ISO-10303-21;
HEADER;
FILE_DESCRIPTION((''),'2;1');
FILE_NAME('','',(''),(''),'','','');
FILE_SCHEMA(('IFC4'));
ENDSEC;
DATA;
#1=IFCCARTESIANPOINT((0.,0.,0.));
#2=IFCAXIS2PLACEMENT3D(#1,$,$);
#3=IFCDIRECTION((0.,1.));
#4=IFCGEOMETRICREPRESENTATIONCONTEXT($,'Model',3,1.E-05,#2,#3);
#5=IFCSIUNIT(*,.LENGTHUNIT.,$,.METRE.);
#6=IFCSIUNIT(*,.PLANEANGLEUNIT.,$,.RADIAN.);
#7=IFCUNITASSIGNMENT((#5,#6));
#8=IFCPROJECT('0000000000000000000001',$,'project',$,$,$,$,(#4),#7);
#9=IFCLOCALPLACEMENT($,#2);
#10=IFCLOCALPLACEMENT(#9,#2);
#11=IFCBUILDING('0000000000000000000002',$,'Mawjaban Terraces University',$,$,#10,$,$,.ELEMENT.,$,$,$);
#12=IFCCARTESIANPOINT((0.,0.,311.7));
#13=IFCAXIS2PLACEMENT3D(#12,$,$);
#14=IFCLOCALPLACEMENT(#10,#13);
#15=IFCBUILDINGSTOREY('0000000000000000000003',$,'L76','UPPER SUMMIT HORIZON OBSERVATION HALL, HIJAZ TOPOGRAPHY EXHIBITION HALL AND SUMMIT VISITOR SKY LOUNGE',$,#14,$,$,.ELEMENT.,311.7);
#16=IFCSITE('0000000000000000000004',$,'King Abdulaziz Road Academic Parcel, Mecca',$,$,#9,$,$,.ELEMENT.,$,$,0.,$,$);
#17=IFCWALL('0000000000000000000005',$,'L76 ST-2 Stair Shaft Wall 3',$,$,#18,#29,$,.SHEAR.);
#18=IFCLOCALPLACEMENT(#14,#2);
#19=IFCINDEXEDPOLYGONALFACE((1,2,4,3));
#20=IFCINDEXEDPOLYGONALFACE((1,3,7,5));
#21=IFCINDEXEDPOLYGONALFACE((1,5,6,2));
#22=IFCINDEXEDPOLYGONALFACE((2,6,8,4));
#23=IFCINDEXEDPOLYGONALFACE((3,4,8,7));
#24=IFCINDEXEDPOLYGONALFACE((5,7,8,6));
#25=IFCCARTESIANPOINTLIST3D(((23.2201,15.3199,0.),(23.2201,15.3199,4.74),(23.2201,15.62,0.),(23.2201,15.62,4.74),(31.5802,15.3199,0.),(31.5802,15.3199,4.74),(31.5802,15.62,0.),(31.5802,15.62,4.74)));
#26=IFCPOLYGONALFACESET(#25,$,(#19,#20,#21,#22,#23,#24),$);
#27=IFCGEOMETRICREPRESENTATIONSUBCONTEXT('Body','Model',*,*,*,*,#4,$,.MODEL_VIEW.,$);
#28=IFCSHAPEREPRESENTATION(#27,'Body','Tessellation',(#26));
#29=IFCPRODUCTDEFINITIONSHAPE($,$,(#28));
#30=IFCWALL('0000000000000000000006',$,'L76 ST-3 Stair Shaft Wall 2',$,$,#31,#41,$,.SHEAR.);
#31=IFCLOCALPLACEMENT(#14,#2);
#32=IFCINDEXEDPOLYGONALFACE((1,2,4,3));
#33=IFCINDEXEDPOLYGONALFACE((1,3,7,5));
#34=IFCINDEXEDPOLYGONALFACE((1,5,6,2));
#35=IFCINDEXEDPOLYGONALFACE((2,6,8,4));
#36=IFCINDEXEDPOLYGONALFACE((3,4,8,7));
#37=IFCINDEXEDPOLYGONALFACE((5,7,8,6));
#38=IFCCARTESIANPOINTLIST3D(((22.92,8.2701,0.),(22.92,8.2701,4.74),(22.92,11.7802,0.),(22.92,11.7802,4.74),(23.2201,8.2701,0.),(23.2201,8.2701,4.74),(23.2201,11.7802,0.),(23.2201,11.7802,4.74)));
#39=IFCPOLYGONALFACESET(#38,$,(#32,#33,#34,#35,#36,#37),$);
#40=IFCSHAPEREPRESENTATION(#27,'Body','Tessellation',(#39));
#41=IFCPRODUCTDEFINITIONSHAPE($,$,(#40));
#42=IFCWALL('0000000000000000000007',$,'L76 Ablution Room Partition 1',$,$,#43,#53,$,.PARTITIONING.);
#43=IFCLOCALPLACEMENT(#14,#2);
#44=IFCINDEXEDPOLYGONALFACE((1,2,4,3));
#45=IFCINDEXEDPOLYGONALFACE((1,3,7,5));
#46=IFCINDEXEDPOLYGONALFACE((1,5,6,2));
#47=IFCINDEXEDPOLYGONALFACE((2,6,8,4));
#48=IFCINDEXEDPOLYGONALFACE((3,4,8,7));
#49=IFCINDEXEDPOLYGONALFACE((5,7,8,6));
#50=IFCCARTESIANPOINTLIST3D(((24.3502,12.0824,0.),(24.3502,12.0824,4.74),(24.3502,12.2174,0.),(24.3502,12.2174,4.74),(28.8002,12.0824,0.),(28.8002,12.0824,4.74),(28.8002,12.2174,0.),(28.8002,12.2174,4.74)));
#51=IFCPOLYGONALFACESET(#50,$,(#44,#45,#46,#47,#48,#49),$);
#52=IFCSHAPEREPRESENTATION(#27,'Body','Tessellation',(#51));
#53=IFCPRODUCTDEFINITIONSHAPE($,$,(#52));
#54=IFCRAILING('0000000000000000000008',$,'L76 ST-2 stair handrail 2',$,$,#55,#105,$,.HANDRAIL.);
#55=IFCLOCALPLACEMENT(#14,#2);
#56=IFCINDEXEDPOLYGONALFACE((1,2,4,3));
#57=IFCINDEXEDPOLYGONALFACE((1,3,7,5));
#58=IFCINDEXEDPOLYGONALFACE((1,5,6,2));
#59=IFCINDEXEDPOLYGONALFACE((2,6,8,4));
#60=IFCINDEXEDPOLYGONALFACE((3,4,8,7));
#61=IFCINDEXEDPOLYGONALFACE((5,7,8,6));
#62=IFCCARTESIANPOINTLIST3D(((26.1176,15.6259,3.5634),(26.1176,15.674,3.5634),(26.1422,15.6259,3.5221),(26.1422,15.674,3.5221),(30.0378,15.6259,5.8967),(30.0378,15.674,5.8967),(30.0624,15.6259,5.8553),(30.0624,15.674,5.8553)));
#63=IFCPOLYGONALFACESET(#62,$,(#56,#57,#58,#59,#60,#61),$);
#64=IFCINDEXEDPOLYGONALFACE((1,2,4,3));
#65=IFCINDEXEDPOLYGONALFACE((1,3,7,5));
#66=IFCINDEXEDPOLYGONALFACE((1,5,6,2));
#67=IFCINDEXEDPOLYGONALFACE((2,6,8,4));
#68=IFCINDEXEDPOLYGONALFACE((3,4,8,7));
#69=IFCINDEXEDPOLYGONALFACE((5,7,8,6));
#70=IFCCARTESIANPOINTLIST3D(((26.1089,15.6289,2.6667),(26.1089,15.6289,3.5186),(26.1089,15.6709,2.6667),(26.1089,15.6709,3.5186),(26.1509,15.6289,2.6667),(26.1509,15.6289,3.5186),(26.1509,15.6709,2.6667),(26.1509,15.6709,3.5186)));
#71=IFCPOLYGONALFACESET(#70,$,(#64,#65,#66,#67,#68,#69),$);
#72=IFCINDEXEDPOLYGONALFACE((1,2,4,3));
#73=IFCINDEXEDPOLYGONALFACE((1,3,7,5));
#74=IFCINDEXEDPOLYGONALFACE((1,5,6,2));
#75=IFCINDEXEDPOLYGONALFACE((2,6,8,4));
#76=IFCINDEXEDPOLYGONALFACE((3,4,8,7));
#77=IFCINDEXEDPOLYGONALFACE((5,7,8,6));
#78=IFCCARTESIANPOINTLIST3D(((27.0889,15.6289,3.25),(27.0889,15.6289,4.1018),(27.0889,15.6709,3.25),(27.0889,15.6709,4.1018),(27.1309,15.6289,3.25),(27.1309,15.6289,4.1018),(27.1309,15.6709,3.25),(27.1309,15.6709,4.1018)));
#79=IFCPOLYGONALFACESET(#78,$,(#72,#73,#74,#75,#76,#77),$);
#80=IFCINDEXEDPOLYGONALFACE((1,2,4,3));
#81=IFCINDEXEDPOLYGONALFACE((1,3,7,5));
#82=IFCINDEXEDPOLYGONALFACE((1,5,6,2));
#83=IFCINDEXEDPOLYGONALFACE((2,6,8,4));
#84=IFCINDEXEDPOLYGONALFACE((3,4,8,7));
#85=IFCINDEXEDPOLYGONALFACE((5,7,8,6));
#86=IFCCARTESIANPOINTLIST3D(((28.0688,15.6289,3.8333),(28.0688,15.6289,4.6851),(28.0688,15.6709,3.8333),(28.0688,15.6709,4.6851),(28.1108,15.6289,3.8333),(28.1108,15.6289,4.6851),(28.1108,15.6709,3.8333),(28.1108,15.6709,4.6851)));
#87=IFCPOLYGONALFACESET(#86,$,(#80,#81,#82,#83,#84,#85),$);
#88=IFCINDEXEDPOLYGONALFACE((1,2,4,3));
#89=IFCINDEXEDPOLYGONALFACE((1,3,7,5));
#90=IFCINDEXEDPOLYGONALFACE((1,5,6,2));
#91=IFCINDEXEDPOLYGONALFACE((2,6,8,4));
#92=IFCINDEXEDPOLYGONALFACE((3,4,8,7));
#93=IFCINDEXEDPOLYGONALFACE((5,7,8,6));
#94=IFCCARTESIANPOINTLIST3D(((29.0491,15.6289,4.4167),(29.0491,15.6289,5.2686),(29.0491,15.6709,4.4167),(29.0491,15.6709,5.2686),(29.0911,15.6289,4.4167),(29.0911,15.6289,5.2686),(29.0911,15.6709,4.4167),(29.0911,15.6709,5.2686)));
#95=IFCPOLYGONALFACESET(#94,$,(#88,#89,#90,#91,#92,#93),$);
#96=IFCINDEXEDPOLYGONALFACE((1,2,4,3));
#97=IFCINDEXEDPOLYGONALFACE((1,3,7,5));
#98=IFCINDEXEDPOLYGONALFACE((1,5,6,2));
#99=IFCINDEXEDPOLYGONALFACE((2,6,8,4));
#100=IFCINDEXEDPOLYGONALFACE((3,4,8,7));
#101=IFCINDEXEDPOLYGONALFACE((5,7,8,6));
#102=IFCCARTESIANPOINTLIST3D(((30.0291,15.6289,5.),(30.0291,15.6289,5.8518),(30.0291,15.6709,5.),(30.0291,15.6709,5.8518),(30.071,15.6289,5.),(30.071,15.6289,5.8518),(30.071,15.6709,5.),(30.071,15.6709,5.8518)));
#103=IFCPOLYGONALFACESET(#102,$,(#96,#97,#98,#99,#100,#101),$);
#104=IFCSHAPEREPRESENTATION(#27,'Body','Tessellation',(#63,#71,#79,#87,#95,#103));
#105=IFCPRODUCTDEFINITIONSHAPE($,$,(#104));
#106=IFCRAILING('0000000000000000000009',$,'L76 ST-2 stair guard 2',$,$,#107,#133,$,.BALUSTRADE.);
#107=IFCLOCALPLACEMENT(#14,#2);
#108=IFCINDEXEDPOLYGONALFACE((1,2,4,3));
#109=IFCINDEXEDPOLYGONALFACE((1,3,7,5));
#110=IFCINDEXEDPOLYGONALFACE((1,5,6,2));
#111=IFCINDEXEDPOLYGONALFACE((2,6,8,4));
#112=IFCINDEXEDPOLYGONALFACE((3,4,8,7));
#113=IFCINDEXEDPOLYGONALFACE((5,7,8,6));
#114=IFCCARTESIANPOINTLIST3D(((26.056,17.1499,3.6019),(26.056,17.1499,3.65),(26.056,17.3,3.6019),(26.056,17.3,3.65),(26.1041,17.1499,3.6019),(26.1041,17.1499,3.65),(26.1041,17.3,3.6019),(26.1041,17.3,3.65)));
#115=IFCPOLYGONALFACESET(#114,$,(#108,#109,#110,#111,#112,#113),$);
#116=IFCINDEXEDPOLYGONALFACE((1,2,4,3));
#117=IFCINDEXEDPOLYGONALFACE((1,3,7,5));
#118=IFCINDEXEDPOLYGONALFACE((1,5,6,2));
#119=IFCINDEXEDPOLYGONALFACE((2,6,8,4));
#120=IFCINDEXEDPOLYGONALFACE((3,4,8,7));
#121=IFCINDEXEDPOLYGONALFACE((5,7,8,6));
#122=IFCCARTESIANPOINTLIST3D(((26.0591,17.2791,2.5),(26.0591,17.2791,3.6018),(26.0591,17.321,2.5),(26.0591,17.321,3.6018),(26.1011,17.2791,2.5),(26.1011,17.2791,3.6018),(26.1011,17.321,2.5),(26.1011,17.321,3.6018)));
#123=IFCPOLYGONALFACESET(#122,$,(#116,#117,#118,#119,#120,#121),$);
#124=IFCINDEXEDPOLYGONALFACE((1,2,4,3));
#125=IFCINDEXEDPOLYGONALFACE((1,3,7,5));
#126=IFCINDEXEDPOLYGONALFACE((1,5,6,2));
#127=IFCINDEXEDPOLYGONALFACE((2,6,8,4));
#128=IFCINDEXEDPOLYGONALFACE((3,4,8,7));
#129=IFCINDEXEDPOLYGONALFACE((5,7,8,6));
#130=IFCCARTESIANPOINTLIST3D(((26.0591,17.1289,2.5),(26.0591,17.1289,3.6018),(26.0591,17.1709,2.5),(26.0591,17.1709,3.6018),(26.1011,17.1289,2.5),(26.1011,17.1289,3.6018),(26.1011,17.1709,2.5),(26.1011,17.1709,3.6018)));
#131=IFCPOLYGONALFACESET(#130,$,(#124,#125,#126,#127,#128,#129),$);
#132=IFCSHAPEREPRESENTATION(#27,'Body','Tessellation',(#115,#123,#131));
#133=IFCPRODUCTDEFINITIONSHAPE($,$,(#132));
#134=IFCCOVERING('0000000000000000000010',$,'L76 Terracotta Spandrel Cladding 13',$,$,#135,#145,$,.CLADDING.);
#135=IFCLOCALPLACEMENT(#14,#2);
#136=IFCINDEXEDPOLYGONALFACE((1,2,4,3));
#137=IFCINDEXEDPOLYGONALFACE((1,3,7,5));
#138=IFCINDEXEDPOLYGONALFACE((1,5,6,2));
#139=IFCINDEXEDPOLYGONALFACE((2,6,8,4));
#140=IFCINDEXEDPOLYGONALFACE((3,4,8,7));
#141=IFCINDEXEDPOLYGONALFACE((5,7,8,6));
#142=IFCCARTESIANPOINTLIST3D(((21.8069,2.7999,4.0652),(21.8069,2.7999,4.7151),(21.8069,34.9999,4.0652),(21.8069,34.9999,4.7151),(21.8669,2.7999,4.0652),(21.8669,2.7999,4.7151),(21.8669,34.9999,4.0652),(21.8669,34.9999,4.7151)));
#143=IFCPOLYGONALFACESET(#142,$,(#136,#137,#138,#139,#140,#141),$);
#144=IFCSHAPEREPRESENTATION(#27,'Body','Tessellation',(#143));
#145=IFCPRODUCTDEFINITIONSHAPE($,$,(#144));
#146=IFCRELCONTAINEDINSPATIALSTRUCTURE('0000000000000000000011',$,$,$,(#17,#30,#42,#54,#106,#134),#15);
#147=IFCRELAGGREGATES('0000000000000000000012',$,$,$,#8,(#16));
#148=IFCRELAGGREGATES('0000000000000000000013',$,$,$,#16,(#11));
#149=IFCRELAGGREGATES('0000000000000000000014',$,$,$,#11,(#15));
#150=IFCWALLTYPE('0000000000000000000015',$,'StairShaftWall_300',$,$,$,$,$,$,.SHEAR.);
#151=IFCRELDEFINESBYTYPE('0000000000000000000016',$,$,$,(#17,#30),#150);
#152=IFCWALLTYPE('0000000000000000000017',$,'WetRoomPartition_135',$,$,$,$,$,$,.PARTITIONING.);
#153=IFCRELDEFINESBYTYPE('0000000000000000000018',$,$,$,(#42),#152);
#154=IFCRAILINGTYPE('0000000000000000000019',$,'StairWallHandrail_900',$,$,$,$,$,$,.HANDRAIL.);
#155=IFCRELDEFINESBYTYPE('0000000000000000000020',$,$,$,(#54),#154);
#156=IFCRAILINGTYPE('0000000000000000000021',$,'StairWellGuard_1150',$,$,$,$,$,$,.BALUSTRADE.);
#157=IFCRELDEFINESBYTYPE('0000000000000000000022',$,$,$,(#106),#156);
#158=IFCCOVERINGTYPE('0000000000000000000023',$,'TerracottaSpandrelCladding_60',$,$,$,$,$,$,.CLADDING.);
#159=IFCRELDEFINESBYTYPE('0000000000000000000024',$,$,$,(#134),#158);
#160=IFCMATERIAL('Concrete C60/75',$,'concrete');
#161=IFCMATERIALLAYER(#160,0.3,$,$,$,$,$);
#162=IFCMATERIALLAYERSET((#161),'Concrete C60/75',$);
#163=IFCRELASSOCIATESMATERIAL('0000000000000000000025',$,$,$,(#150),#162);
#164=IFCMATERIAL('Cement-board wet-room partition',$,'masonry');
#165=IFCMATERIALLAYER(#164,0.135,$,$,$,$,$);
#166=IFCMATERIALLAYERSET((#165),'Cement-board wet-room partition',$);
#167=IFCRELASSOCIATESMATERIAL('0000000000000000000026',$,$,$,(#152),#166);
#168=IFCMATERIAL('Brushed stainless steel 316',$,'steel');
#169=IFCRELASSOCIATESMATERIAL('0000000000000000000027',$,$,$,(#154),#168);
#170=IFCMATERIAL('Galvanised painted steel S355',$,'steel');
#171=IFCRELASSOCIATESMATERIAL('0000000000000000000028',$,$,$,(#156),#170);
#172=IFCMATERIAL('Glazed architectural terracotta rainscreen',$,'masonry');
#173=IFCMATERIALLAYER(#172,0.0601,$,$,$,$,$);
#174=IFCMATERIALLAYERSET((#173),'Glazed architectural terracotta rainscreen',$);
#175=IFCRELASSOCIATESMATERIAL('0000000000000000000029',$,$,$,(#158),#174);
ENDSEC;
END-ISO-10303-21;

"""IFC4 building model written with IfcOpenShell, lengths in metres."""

from ifc_helpers import new_model, si_unit, direction, frame, frame_2d, origin, origin_2d, place, context, subcontext, project, spatial, rectangle, extrude, material, layer, layer_set, type_object, element, save


model = new_model("IFC4")

# Units and contexts
model_context = context("Model", 3, precision=1e-05, world=origin(), true_north=direction((0.0, 1.0)))
body_context = subcontext(model_context, "Body", "Model", "MODEL_VIEW")
ifc_project = project(units=[si_unit("LENGTHUNIT", "METRE"), si_unit("PLANEANGLEUNIT", "RADIAN")], contexts=[model_context])

# Site, building, storey
site_placement = place(None, origin())
site = spatial("IfcSite", under=ifc_project, at=site_placement, Name="King Abdulaziz Road Academic Parcel, Mecca", CompositionType="ELEMENT", RefElevation=0.0)
building_placement = place(site_placement, origin())
building = spatial("IfcBuilding", under=site, at=building_placement, Name="Mawjaban Terraces University", CompositionType="ELEMENT")
storey_placement = place(building_placement, frame((0.0, 0.0, 311.7)))
storey = spatial("IfcBuildingStorey", under=building, at=storey_placement, Name="L76", Description="UPPER SUMMIT HORIZON OBSERVATION HALL, HIJAZ TOPOGRAPHY EXHIBITION HALL AND SUMMIT VISITOR SKY LOUNGE", CompositionType="ELEMENT", Elevation=311.7)

# Walls
ifc_material_1 = material(Name="Concrete C60/75", Category="concrete")
ifc_layer_1 = layer(ifc_material_1, 0.3)
ifc_layer_set_1 = layer_set([ifc_layer_1], Name="Concrete C60/75")
wall_type_1 = type_object("IfcWallType", Name="StairShaftWall_300", PredefinedType="SHEAR", material=ifc_layer_set_1)
wall_1_placement = place(storey_placement, frame((23.22, 15.47, 0.0), z_axis=(0.0, 0.0, 1.0), x_axis=(1.0, 0.0, 0.0)))
element("IfcWall", 1, at=wall_1_placement, inside=storey, type_object=wall_type_1, Name="L76 ST-2 Stair Shaft Wall 3", PredefinedType="SHEAR", context=body_context, shape_type="SweptSolid", body=[
    extrude(rectangle(XDim=8.3601, YDim=0.3, at=frame_2d((4.1802, 0.0))), origin(), (0.0, 0.0, 1.0), 4.74),
])
wall_2_placement = place(storey_placement, frame((23.0701, 11.78, 0.0), z_axis=(0.0, 0.0, 1.0), x_axis=(0.0, -1.0, 0.0)))
element("IfcWall", 2, at=wall_2_placement, inside=storey, type_object=wall_type_1, Name="L76 ST-3 Stair Shaft Wall 2", PredefinedType="SHEAR", context=body_context, shape_type="SweptSolid", body=[
    extrude(rectangle(XDim=3.51, YDim=0.3, at=frame_2d((1.7549, 0.0))), origin(), (0.0, 0.0, 1.0), 4.74),
])
ifc_material_2 = material(Name="Cement-board wet-room partition", Category="masonry")
ifc_layer_2 = layer(ifc_material_2, 0.135)
ifc_layer_set_2 = layer_set([ifc_layer_2], Name="Cement-board wet-room partition")
wall_type_2 = type_object("IfcWallType", Name="WetRoomPartition_135", PredefinedType="PARTITIONING", material=ifc_layer_set_2)
wall_3_placement = place(storey_placement, frame((24.3501, 12.1499, 0.0), z_axis=(0.0, 0.0, 1.0), x_axis=(1.0, 0.0, 0.0)))
element("IfcWall", 3, at=wall_3_placement, inside=storey, type_object=wall_type_2, Name="L76 Ablution Room Partition 1", PredefinedType="PARTITIONING", context=body_context, shape_type="SweptSolid", body=[
    extrude(rectangle(XDim=4.45, YDim=0.135, at=frame_2d((2.2251, 0.0))), origin(), (0.0, 0.0, 1.0), 4.74),
])

# Railings
ifc_material_3 = material(Name="Brushed stainless steel 316", Category="steel")
railing_type_1 = type_object("IfcRailingType", Name="StairWallHandrail_900", PredefinedType="HANDRAIL", material=ifc_material_3)
railing_1_placement = place(storey_placement, frame((26.1299, 15.6499, 2.6667)))
element("IfcRailing", 4, at=railing_1_placement, inside=storey, type_object=railing_type_1, Name="L76 ST-2 stair handrail 2", PredefinedType="HANDRAIL", context=body_context, shape_type="SweptSolid", body=[
    extrude(rectangle(XDim=0.0481, YDim=0.0481, at=origin_2d()), frame((0.0, 0.0, 0.876), z_axis=(0.85931, 0.0, 0.511455), x_axis=(0.0, 1.0, 0.0)), (0.0, 0.0, 1.0), 4.562),
    extrude(rectangle(XDim=0.042, YDim=0.042, at=origin_2d()), origin(), (0.0, 0.0, 1.0), 0.8518),
    extrude(rectangle(XDim=0.042, YDim=0.042, at=origin_2d()), frame((0.98, 0.0, 0.5833)), (0.0, 0.0, 1.0), 0.8518),
    extrude(rectangle(XDim=0.042, YDim=0.042, at=origin_2d()), frame((1.96, 0.0, 1.1665)), (0.0, 0.0, 1.0), 0.8518),
    extrude(rectangle(XDim=0.042, YDim=0.042, at=origin_2d()), frame((2.9402, 0.0, 1.75)), (0.0, 0.0, 1.0), 0.8518),
    extrude(rectangle(XDim=0.042, YDim=0.042, at=origin_2d()), frame((3.9202, 0.0, 2.3333)), (0.0, 0.0, 1.0), 0.8518),
])
ifc_material_4 = material(Name="Galvanised painted steel S355", Category="steel")
railing_type_2 = type_object("IfcRailingType", Name="StairWellGuard_1150", PredefinedType="BALUSTRADE", material=ifc_material_4)
railing_2_placement = place(storey_placement, frame((26.0801, 17.3, 2.5)))
element("IfcRailing", 5, at=railing_2_placement, inside=storey, type_object=railing_type_2, Name="L76 ST-2 stair guard 2", PredefinedType="BALUSTRADE", context=body_context, shape_type="SweptSolid", body=[
    extrude(rectangle(XDim=0.0481, YDim=0.0481, at=origin_2d()), frame((0.0, 0.0, 1.126), z_axis=(0.0, -1.0, 0.0), x_axis=(1.0, 0.0, 0.0)), (0.0, 0.0, 1.0), 0.1501),
    extrude(rectangle(XDim=0.042, YDim=0.042, at=origin_2d()), origin(), (0.0, 0.0, 1.0), 1.1018),
    extrude(rectangle(XDim=0.042, YDim=0.042, at=origin_2d()), frame((0.0, -0.1501, 0.0)), (0.0, 0.0, 1.0), 1.1018),
])

# Covering
ifc_material_5 = material(Name="Glazed architectural terracotta rainscreen", Category="masonry")
ifc_layer_3 = layer(ifc_material_5, 0.0601)
ifc_layer_set_3 = layer_set([ifc_layer_3], Name="Glazed architectural terracotta rainscreen")
covering_type = type_object("IfcCoveringType", Name="TerracottaSpandrelCladding_60", PredefinedType="CLADDING", material=ifc_layer_set_3)
covering_placement = place(storey_placement, frame((21.8369, 18.8999, 4.0652), z_axis=(0.0, 0.0, 1.0), x_axis=(0.0, -1.0, 0.0)))
element("IfcCovering", 6, at=covering_placement, inside=storey, type_object=covering_type, Name="L76 Terracotta Spandrel Cladding 13", PredefinedType="CLADDING", context=body_context, shape_type="SweptSolid", body=[
    extrude(rectangle(XDim=32.2, YDim=0.0601, at=origin_2d()), origin(), (0.0, 0.0, 1.0), 0.6499),
])

save(model, "model.ifc")
